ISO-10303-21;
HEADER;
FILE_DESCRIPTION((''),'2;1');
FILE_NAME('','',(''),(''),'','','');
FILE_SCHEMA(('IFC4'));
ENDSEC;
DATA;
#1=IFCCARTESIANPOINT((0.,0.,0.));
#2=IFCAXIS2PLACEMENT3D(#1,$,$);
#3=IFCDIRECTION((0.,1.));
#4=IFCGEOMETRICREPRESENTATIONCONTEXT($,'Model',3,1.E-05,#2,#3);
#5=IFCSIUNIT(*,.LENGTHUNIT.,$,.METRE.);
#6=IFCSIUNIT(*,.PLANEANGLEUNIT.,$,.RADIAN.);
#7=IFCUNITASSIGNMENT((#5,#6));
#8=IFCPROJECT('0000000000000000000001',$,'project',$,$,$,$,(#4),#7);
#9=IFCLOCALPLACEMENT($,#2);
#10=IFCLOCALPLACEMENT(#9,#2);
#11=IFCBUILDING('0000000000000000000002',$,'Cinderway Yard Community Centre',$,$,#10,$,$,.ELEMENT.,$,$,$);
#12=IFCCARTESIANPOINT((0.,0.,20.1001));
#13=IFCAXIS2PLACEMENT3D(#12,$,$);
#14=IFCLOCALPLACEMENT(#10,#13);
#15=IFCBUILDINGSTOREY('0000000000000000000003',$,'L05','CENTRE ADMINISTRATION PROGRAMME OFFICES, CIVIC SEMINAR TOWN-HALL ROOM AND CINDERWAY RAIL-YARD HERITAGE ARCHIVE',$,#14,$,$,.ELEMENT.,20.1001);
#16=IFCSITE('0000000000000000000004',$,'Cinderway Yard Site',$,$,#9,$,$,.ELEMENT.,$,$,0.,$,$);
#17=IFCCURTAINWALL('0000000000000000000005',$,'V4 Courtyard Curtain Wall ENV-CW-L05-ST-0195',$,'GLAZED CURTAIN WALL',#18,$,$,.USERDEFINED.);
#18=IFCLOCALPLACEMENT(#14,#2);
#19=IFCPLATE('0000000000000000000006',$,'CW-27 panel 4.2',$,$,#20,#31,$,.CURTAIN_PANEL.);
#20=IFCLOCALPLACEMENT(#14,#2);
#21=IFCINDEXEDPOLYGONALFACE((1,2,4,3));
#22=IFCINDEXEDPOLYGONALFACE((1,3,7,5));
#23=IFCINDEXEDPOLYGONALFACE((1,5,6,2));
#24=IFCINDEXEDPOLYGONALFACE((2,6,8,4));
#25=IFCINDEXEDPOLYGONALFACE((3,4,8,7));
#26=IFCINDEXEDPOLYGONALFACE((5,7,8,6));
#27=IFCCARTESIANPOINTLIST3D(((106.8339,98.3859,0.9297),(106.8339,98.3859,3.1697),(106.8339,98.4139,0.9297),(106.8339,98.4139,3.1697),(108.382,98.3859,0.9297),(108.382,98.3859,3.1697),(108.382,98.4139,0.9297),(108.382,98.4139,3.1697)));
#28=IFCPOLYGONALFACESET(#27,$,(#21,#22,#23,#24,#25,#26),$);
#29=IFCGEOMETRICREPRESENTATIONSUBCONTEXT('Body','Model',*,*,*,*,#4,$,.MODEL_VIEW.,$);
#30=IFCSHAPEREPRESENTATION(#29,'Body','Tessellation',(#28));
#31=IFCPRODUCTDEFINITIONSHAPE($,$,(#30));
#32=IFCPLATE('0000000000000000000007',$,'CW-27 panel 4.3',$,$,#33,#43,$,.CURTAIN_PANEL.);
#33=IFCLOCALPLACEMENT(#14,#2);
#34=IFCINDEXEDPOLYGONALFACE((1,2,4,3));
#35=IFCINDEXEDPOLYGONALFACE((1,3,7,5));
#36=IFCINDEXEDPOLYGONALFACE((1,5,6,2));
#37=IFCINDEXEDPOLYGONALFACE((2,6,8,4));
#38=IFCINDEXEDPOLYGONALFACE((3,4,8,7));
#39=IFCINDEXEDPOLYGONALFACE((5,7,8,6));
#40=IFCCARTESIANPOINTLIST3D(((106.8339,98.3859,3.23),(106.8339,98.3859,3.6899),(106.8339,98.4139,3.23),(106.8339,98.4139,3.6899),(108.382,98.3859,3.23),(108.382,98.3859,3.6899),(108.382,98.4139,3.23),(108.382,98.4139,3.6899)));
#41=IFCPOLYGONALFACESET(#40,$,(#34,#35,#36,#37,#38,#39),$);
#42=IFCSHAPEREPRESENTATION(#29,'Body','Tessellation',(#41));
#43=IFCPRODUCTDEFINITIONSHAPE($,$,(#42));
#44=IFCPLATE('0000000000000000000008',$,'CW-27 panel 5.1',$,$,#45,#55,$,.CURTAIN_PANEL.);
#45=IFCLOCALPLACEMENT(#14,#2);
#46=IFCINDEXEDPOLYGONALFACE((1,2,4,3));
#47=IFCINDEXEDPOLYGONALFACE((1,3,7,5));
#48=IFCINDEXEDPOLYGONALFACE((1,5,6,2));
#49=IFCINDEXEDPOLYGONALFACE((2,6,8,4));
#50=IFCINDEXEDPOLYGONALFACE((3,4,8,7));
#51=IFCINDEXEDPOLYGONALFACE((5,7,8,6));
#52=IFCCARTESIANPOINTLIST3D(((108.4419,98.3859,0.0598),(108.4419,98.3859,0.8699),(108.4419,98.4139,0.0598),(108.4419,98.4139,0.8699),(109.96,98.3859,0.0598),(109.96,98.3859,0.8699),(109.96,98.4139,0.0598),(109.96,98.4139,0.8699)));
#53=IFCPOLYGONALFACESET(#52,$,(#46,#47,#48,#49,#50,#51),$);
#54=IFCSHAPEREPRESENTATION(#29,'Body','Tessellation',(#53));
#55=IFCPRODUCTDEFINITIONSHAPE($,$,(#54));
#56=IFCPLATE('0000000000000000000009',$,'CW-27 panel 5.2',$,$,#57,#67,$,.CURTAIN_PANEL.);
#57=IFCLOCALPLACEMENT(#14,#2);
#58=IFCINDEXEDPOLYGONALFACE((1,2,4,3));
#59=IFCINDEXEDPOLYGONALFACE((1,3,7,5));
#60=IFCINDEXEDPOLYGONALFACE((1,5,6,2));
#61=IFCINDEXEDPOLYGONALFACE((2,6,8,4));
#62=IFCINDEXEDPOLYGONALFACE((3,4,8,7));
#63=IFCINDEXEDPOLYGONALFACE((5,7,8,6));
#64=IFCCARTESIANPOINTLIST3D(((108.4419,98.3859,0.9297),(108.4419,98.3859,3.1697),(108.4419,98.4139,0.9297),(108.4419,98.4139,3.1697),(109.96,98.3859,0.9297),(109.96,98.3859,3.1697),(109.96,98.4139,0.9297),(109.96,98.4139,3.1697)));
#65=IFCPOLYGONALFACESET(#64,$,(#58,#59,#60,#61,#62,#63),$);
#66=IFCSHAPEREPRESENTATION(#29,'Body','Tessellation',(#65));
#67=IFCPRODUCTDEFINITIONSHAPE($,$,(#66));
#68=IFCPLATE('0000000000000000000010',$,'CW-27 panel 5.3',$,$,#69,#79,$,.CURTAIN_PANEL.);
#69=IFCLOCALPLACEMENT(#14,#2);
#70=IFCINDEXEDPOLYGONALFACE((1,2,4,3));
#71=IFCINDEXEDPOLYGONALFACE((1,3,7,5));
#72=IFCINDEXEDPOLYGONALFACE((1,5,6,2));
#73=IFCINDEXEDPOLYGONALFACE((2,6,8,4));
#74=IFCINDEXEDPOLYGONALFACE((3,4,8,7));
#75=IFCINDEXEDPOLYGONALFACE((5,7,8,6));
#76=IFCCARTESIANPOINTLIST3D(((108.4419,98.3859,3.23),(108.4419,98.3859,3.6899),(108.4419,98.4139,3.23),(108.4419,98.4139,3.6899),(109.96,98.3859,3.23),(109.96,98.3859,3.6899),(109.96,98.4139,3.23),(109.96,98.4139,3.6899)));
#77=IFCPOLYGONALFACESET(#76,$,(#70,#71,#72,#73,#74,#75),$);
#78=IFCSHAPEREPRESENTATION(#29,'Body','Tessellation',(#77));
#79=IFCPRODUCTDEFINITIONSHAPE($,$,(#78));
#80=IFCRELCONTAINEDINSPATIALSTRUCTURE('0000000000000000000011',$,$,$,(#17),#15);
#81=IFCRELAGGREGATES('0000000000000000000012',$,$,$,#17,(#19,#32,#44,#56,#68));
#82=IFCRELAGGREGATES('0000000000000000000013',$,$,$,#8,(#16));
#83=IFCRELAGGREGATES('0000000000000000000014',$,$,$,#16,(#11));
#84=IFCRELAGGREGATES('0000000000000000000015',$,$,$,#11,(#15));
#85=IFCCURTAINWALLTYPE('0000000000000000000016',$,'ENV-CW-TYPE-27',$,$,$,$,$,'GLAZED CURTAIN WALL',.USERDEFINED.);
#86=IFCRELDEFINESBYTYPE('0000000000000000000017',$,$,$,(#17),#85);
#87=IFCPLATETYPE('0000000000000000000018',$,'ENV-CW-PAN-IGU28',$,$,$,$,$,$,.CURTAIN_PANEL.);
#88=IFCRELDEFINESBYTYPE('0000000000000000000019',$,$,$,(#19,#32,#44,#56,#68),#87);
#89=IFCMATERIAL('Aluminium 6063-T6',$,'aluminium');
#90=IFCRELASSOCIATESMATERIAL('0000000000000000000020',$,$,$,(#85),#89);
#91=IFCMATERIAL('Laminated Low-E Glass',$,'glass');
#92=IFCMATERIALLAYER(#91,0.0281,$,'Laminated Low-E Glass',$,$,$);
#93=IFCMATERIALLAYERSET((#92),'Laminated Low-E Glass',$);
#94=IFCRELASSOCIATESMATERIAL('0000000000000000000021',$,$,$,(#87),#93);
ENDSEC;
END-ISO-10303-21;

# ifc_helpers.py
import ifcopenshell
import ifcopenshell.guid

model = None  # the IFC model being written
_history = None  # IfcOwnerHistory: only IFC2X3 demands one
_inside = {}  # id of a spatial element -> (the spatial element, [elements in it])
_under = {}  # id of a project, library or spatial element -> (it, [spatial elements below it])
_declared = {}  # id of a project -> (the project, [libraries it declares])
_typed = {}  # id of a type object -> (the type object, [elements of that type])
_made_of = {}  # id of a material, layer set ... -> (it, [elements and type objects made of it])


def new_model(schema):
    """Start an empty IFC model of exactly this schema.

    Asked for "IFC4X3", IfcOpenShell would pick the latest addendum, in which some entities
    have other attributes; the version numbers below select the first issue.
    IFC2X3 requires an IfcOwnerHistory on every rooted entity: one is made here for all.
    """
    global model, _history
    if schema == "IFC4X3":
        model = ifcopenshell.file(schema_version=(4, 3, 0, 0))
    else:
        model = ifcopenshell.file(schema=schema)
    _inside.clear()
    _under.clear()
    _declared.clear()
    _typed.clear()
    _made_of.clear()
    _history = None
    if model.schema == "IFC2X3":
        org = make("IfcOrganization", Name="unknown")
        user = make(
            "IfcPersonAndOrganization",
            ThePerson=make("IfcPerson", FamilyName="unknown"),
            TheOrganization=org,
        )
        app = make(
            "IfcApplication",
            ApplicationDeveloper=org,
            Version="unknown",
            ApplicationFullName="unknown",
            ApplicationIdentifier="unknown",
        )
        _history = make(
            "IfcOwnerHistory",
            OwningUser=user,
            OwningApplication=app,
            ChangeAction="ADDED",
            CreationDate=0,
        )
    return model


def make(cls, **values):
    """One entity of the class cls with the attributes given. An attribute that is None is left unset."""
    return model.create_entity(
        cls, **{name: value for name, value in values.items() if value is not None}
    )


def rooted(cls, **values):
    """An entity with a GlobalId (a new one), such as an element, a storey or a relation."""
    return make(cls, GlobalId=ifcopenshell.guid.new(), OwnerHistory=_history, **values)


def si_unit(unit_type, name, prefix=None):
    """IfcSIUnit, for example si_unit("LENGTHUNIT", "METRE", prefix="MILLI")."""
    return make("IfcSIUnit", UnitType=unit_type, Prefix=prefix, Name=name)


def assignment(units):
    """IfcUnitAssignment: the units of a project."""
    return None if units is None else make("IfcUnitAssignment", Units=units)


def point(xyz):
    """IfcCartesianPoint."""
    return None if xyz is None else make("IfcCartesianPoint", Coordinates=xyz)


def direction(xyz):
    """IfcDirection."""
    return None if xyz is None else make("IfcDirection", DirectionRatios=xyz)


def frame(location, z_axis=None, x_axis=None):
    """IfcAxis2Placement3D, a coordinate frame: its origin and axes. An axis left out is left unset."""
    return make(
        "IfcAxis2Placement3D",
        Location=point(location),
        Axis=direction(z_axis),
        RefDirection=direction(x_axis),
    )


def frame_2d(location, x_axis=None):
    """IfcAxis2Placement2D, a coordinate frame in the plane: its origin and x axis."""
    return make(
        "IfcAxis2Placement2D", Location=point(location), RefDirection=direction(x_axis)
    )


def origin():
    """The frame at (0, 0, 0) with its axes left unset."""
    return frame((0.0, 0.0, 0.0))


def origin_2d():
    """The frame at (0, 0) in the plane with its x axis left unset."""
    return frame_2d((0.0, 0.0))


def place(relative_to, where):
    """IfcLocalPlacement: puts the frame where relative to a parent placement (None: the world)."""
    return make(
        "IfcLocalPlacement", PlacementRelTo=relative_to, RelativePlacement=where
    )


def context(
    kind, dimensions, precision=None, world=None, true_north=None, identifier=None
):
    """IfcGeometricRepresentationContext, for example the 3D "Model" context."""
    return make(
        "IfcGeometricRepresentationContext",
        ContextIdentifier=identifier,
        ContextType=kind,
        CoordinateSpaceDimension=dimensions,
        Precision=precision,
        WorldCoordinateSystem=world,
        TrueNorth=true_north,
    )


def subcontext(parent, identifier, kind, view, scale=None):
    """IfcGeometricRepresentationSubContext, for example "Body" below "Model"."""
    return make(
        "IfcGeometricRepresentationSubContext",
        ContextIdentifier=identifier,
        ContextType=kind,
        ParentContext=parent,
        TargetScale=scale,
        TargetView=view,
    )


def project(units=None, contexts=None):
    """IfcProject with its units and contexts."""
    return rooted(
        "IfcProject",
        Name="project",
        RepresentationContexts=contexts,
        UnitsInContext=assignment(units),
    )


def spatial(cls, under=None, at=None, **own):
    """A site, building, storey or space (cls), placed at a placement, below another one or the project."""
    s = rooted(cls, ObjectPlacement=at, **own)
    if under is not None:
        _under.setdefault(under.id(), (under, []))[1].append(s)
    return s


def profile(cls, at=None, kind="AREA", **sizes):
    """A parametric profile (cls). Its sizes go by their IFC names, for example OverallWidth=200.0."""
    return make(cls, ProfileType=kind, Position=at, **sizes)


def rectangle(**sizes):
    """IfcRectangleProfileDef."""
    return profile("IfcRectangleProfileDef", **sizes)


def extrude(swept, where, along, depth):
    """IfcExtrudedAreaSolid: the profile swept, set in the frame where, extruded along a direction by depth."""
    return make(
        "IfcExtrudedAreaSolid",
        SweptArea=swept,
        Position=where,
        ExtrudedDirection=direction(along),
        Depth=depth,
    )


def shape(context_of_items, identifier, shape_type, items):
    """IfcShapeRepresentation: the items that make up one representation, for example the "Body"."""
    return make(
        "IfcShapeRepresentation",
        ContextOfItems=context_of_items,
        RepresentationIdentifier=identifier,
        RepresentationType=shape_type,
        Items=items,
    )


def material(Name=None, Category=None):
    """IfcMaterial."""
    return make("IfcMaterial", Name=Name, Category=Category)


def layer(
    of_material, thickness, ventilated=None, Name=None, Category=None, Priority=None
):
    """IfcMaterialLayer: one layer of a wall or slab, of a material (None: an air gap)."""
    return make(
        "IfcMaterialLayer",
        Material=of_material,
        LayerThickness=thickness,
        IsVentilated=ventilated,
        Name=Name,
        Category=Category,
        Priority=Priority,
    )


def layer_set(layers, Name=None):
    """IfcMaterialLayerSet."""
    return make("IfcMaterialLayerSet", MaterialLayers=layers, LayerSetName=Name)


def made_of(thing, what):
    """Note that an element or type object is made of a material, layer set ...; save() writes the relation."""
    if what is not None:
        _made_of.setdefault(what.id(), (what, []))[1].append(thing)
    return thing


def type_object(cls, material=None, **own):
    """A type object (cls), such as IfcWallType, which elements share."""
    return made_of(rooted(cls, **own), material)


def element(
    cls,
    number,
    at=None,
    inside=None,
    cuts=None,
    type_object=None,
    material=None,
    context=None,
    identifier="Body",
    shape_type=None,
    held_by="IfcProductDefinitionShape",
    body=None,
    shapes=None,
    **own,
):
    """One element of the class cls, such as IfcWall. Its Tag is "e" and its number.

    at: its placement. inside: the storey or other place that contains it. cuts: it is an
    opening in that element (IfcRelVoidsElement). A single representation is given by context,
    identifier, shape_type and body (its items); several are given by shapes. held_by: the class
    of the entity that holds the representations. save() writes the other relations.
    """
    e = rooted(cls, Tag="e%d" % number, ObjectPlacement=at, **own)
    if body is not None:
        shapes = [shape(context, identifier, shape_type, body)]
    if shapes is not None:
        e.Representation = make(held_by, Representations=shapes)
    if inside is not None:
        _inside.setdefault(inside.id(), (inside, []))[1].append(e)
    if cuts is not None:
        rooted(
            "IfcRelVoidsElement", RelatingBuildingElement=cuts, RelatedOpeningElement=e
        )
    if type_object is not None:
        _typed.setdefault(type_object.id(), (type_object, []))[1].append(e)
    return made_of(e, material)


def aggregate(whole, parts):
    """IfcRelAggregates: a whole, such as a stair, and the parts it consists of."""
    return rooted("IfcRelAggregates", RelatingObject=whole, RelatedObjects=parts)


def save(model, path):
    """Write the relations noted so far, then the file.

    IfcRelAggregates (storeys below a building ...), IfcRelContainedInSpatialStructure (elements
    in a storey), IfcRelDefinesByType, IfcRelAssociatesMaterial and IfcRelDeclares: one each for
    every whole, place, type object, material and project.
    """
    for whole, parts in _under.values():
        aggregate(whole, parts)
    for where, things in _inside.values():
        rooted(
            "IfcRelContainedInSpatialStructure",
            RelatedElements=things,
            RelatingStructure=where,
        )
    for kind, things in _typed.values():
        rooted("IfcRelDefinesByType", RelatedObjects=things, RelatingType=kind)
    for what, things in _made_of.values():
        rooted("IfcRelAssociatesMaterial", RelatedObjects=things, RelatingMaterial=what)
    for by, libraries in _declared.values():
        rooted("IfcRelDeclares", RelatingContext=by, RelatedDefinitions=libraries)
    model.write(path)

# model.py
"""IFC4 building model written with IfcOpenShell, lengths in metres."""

from ifc_helpers import new_model, si_unit, direction, frame, origin, origin_2d, place, context, subcontext, project, spatial, rectangle, extrude, material, layer, layer_set, type_object, element, aggregate, save


model = new_model("IFC4")

# Units and contexts
model_context = context("Model", 3, precision=1e-05, world=origin(), true_north=direction((0.0, 1.0)))
body_context = subcontext(model_context, "Body", "Model", "MODEL_VIEW")
ifc_project = project(units=[si_unit("LENGTHUNIT", "METRE"), si_unit("PLANEANGLEUNIT", "RADIAN")], contexts=[model_context])

# Site, building, storey
site_placement = place(None, origin())
site = spatial("IfcSite", under=ifc_project, at=site_placement, Name="Cinderway Yard Site", CompositionType="ELEMENT", RefElevation=0.0)
building_placement = place(site_placement, origin())
building = spatial("IfcBuilding", under=site, at=building_placement, Name="Cinderway Yard Community Centre", CompositionType="ELEMENT")
storey_placement = place(building_placement, frame((0.0, 0.0, 20.1001)))
storey = spatial("IfcBuildingStorey", under=building, at=storey_placement, Name="L05", Description="CENTRE ADMINISTRATION PROGRAMME OFFICES, CIVIC SEMINAR TOWN-HALL ROOM AND CINDERWAY RAIL-YARD HERITAGE ARCHIVE", CompositionType="ELEMENT", Elevation=20.1001)

# Curtain wall
ifc_material_1 = material(Name="Aluminium 6063-T6", Category="aluminium")
curtain_wall_type = type_object("IfcCurtainWallType", Name="ENV-CW-TYPE-27", ElementType="GLAZED CURTAIN WALL", PredefinedType="USERDEFINED", material=ifc_material_1)
curtain_wall_1_placement = place(storey_placement, origin())
curtain_wall_1 = element("IfcCurtainWall", 1, at=curtain_wall_1_placement, inside=storey, type_object=curtain_wall_type, Name="V4 Courtyard Curtain Wall ENV-CW-L05-ST-0195", ObjectType="GLAZED CURTAIN WALL", PredefinedType="USERDEFINED")

# Plates
ifc_material_2 = material(Name="Laminated Low-E Glass", Category="glass")
ifc_layer = layer(ifc_material_2, 0.0281, Name="Laminated Low-E Glass")
ifc_layer_set = layer_set([ifc_layer], Name="Laminated Low-E Glass")
plate_type = type_object("IfcPlateType", Name="ENV-CW-PAN-IGU28", PredefinedType="CURTAIN_PANEL", material=ifc_layer_set)
plate_1_placement = place(storey_placement, frame((107.6079, 98.3999, 0.9297), z_axis=(0.0, 0.0, 1.0), x_axis=(1.0, 0.0, 0.0)))
plate_1 = element("IfcPlate", 2, at=plate_1_placement, type_object=plate_type, Name="CW-27 panel 4.2", PredefinedType="CURTAIN_PANEL", context=body_context, shape_type="SweptSolid", body=[
    extrude(rectangle(XDim=1.5481, YDim=0.0281, at=origin_2d()), origin(), (0.0, 0.0, 1.0), 2.24),
])
plate_2_placement = place(storey_placement, frame((107.6079, 98.3999, 3.23), z_axis=(0.0, 0.0, 1.0), x_axis=(1.0, 0.0, 0.0)))
plate_2 = element("IfcPlate", 3, at=plate_2_placement, type_object=plate_type, Name="CW-27 panel 4.3", PredefinedType="CURTAIN_PANEL", context=body_context, shape_type="SweptSolid", body=[
    extrude(rectangle(XDim=1.5481, YDim=0.0281, at=origin_2d()), origin(), (0.0, 0.0, 1.0), 0.46),
])
plate_3_placement = place(storey_placement, frame((109.2009, 98.3999, 0.0598), z_axis=(0.0, 0.0, 1.0), x_axis=(1.0, 0.0, 0.0)))
plate_3 = element("IfcPlate", 4, at=plate_3_placement, type_object=plate_type, Name="CW-27 panel 5.1", PredefinedType="CURTAIN_PANEL", context=body_context, shape_type="SweptSolid", body=[
    extrude(rectangle(XDim=1.5181, YDim=0.0281, at=origin_2d()), origin(), (0.0, 0.0, 1.0), 0.8101),
])
plate_4_placement = place(storey_placement, frame((109.2009, 98.3999, 0.9297), z_axis=(0.0, 0.0, 1.0), x_axis=(1.0, 0.0, 0.0)))
plate_4 = element("IfcPlate", 5, at=plate_4_placement, type_object=plate_type, Name="CW-27 panel 5.2", PredefinedType="CURTAIN_PANEL", context=body_context, shape_type="SweptSolid", body=[
    extrude(rectangle(XDim=1.5181, YDim=0.0281, at=origin_2d()), origin(), (0.0, 0.0, 1.0), 2.24),
])
plate_5_placement = place(storey_placement, frame((109.2009, 98.3999, 3.23), z_axis=(0.0, 0.0, 1.0), x_axis=(1.0, 0.0, 0.0)))
plate_5 = element("IfcPlate", 6, at=plate_5_placement, type_object=plate_type, Name="CW-27 panel 5.3", PredefinedType="CURTAIN_PANEL", context=body_context, shape_type="SweptSolid", body=[
    extrude(rectangle(XDim=1.5181, YDim=0.0281, at=origin_2d()), origin(), (0.0, 0.0, 1.0), 0.46),
])
aggregate(curtain_wall_1, [plate_1, plate_2, plate_3, plate_4, plate_5])

save(model, "model.ifc")
